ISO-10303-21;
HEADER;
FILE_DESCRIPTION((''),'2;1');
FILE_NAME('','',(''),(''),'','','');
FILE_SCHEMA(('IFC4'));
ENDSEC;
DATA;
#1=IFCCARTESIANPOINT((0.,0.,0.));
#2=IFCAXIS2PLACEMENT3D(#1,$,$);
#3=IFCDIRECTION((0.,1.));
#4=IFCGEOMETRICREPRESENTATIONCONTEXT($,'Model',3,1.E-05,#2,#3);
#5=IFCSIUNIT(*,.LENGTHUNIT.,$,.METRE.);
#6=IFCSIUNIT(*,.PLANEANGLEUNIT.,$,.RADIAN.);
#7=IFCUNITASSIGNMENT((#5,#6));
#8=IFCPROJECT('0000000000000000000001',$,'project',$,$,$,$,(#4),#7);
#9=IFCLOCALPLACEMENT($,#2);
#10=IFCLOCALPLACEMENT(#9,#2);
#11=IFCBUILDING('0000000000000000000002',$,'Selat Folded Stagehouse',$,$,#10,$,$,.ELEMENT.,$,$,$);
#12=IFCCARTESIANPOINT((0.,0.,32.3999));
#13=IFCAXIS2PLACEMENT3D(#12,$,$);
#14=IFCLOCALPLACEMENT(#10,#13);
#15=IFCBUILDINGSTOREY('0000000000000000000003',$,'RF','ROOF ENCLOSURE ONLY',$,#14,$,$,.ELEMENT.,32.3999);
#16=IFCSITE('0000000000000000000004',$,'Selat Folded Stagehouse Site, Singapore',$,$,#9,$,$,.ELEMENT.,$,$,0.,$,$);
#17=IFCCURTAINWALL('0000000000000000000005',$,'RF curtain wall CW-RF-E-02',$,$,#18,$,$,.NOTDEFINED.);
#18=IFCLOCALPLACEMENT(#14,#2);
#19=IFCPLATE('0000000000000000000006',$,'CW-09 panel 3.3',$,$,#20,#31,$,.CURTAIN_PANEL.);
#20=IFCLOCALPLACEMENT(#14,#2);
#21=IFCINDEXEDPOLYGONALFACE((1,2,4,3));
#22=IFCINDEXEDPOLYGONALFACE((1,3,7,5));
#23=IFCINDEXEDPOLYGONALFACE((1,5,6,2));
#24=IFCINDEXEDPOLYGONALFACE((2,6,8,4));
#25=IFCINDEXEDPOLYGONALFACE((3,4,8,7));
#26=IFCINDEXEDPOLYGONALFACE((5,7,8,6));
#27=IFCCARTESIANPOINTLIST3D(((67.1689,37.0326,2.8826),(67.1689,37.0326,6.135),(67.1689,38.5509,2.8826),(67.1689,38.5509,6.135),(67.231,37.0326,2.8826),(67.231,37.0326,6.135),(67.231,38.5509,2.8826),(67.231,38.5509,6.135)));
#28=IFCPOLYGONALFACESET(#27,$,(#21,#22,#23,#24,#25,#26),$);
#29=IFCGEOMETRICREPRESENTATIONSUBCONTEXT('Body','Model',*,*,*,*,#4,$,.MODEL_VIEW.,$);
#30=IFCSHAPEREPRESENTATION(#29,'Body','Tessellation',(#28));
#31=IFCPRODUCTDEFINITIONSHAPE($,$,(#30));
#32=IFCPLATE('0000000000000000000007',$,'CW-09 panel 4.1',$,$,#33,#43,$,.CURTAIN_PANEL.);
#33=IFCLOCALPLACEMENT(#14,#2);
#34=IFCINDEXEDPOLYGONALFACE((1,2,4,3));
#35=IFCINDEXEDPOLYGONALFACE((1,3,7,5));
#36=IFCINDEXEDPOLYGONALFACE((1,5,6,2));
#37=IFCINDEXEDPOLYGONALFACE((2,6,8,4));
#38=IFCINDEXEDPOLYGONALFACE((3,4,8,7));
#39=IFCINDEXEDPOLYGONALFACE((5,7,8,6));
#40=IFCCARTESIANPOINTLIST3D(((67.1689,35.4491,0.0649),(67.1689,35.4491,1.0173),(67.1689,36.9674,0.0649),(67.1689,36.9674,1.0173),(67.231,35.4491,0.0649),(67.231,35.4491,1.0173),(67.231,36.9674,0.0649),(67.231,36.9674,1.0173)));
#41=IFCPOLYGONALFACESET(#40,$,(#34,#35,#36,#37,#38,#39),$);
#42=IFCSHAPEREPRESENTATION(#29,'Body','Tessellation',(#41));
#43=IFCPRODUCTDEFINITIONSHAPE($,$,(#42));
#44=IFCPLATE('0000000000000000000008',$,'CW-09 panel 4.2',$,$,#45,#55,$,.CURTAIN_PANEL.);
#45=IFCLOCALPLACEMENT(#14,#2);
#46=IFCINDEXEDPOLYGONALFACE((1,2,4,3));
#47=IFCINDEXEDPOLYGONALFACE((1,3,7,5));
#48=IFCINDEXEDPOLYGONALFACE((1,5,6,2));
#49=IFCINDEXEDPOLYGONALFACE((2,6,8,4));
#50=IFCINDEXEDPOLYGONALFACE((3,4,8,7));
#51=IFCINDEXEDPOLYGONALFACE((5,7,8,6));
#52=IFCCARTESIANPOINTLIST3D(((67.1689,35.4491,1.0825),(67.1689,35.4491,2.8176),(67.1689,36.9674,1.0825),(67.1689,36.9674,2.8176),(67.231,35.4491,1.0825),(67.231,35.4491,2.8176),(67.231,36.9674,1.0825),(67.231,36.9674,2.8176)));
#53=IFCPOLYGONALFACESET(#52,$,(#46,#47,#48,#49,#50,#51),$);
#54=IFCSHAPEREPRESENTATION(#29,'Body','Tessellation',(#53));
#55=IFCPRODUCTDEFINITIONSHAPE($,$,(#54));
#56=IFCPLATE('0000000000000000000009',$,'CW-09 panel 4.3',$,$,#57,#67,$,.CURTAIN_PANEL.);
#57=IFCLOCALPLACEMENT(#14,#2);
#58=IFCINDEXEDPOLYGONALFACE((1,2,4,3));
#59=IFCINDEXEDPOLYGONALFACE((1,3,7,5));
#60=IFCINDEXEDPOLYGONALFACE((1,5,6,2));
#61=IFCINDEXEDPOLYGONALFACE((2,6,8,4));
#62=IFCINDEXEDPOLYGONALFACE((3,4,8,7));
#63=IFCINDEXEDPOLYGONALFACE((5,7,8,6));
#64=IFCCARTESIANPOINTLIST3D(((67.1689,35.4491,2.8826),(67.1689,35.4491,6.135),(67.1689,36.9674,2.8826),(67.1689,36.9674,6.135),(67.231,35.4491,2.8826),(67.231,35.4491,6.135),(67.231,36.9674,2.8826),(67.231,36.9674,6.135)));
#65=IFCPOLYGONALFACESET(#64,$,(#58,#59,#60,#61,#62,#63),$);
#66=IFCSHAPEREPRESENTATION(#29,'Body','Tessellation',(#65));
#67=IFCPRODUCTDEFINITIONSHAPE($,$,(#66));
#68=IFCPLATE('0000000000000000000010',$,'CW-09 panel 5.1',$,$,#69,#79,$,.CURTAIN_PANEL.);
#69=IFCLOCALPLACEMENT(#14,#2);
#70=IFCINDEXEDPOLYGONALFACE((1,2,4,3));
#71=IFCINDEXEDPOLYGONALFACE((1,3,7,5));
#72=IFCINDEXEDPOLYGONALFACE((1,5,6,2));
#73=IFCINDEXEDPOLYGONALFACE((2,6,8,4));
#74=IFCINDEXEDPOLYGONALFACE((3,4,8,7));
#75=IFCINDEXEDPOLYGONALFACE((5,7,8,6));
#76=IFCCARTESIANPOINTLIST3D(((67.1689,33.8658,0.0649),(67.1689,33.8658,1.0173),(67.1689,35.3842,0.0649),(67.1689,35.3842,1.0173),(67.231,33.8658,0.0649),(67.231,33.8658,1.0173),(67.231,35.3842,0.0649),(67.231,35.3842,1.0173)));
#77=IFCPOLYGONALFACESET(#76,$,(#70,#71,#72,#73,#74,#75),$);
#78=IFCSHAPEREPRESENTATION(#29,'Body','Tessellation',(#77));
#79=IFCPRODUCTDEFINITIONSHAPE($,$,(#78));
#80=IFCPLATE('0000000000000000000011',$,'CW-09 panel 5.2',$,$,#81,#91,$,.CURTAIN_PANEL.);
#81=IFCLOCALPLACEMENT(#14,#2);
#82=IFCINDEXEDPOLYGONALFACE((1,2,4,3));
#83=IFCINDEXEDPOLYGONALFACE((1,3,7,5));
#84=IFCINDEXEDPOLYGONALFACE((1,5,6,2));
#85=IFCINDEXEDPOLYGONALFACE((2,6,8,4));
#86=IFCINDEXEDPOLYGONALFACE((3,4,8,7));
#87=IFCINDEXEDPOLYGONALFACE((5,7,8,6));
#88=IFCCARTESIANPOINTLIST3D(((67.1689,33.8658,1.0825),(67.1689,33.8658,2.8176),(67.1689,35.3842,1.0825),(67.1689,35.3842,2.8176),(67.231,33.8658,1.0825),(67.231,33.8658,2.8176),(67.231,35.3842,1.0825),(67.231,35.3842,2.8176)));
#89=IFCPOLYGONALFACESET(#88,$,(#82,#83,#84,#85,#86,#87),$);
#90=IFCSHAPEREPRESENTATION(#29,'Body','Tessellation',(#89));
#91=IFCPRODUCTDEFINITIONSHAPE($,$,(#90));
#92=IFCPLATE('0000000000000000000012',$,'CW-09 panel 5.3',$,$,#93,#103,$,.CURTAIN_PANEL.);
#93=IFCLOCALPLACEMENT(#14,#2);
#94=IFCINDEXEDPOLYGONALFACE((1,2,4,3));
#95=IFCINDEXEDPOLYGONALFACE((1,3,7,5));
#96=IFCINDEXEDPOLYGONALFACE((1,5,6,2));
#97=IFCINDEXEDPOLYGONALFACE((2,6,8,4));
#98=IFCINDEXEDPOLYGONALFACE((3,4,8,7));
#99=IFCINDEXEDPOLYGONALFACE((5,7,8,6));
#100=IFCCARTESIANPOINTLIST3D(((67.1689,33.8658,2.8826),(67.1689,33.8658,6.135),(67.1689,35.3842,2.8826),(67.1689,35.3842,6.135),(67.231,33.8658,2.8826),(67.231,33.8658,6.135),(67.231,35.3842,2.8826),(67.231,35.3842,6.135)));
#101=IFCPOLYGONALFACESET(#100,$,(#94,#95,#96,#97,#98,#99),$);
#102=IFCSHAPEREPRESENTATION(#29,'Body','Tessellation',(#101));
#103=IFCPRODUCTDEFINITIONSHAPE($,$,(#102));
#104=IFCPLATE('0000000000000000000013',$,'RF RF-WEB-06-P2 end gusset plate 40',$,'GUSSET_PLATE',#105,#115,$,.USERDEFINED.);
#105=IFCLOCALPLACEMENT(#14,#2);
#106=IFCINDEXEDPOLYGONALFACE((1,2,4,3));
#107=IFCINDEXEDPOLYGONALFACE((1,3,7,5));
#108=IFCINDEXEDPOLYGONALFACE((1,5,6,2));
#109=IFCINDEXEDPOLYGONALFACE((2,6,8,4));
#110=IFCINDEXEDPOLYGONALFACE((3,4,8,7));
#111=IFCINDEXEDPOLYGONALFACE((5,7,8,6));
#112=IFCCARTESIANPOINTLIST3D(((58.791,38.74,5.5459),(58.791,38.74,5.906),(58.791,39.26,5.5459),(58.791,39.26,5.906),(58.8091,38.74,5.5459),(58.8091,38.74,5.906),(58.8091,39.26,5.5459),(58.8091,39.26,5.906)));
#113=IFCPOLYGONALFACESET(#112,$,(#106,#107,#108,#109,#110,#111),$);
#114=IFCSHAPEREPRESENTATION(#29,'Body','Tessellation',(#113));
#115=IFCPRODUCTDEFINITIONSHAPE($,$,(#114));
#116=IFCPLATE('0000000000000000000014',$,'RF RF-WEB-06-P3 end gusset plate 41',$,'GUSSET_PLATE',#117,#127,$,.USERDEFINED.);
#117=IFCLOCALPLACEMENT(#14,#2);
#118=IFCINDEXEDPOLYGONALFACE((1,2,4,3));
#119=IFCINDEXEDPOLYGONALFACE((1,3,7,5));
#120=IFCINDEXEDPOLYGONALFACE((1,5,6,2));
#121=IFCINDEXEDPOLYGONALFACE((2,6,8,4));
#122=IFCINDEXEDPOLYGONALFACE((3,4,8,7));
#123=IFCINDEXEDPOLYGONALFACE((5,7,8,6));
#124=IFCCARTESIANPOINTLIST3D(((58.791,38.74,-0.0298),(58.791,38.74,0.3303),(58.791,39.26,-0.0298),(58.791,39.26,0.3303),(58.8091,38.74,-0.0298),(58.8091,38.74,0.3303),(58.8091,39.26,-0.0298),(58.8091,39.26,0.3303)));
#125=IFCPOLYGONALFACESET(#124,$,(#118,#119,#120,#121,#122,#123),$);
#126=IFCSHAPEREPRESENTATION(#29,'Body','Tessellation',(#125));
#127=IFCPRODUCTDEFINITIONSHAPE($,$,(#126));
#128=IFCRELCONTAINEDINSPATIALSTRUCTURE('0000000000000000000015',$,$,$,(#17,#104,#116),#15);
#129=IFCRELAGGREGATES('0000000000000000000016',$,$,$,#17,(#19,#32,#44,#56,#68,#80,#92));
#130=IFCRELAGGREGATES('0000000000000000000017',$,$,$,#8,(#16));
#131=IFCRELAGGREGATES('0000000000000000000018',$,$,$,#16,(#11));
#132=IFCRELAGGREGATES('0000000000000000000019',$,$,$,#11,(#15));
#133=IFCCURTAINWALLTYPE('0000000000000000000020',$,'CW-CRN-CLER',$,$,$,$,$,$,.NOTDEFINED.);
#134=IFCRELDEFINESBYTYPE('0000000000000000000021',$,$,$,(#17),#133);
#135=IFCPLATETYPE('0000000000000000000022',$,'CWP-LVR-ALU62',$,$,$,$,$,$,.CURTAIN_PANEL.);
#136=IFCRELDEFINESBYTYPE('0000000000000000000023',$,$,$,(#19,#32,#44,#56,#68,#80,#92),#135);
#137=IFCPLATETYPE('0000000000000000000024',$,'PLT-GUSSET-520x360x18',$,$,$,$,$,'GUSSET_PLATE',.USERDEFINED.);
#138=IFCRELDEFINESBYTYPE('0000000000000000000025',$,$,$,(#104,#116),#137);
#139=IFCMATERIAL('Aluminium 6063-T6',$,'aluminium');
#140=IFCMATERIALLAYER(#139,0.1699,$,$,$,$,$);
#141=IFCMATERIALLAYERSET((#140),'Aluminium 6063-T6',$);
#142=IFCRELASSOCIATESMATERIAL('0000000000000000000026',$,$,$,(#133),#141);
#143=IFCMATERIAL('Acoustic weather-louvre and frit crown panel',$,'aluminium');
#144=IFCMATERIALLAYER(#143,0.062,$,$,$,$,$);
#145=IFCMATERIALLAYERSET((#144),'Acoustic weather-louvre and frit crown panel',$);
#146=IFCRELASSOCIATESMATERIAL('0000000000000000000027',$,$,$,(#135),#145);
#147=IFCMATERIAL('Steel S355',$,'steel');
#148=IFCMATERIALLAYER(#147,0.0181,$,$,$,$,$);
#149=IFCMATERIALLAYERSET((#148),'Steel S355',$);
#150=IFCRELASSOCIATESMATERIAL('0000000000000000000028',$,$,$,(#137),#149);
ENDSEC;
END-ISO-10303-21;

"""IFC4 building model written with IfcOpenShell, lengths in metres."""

from ifc_helpers import new_model, si_unit, direction, frame, origin, origin_2d, place, context, subcontext, project, spatial, rectangle, extrude, material, layer, layer_set, type_object, element, aggregate, save


model = new_model("IFC4")

# Units and contexts
model_context = context("Model", 3, precision=1e-05, world=origin(), true_north=direction((0.0, 1.0)))
body_context = subcontext(model_context, "Body", "Model", "MODEL_VIEW")
ifc_project = project(units=[si_unit("LENGTHUNIT", "METRE"), si_unit("PLANEANGLEUNIT", "RADIAN")], contexts=[model_context])

# Site, building, storey
site_placement = place(None, origin())
site = spatial("IfcSite", under=ifc_project, at=site_placement, Name="Selat Folded Stagehouse Site, Singapore", CompositionType="ELEMENT", RefElevation=0.0)
building_placement = place(site_placement, origin())
building = spatial("IfcBuilding", under=site, at=building_placement, Name="Selat Folded Stagehouse", CompositionType="ELEMENT")
storey_placement = place(building_placement, frame((0.0, 0.0, 32.3999)))
storey = spatial("IfcBuildingStorey", under=building, at=storey_placement, Name="RF", Description="ROOF ENCLOSURE ONLY", CompositionType="ELEMENT", Elevation=32.3999)

# Shared definitions
ifc_material_1 = material(Name="Steel S355", Category="steel")

# Curtain wall
ifc_material_2 = material(Name="Aluminium 6063-T6", Category="aluminium")
ifc_layer_1 = layer(ifc_material_2, 0.1699)
ifc_layer_set_1 = layer_set([ifc_layer_1], Name="Aluminium 6063-T6")
curtain_wall_type = type_object("IfcCurtainWallType", Name="CW-CRN-CLER", PredefinedType="NOTDEFINED", material=ifc_layer_set_1)
curtain_wall_placement = place(storey_placement, origin())
curtain_wall = element("IfcCurtainWall", 1, at=curtain_wall_placement, inside=storey, type_object=curtain_wall_type, Name="RF curtain wall CW-RF-E-02", PredefinedType="NOTDEFINED")

# Plates
ifc_material_3 = material(Name="Acoustic weather-louvre and frit crown panel", Category="aluminium")
ifc_layer_2 = layer(ifc_material_3, 0.062)
ifc_layer_set_2 = layer_set([ifc_layer_2], Name="Acoustic weather-louvre and frit crown panel")
plate_type_1 = type_object("IfcPlateType", Name="CWP-LVR-ALU62", PredefinedType="CURTAIN_PANEL", material=ifc_layer_set_2)
plate_1_placement = place(storey_placement, frame((67.2, 37.7917, 2.8826), z_axis=(0.0, 0.0, 1.0), x_axis=(0.0, -1.0, 0.0)))
plate_1 = element("IfcPlate", 2, at=plate_1_placement, type_object=plate_type_1, Name="CW-09 panel 3.3", PredefinedType="CURTAIN_PANEL", context=body_context, shape_type="SweptSolid", body=[
    extrude(rectangle(XDim=1.5183, YDim=0.062, at=origin_2d()), origin(), (0.0, 0.0, 1.0), 3.2524),
])
plate_2_placement = place(storey_placement, frame((67.2, 36.2083, 0.0649), z_axis=(0.0, 0.0, 1.0), x_axis=(0.0, -1.0, 0.0)))
plate_2 = element("IfcPlate", 3, at=plate_2_placement, type_object=plate_type_1, Name="CW-09 panel 4.1", PredefinedType="CURTAIN_PANEL", context=body_context, shape_type="SweptSolid", body=[
    extrude(rectangle(XDim=1.5183, YDim=0.062, at=origin_2d()), origin(), (0.0, 0.0, 1.0), 0.9524),
])
plate_3_placement = place(storey_placement, frame((67.2, 36.2083, 1.0825), z_axis=(0.0, 0.0, 1.0), x_axis=(0.0, -1.0, 0.0)))
plate_3 = element("IfcPlate", 4, at=plate_3_placement, type_object=plate_type_1, Name="CW-09 panel 4.2", PredefinedType="CURTAIN_PANEL", context=body_context, shape_type="SweptSolid", body=[
    extrude(rectangle(XDim=1.5183, YDim=0.062, at=origin_2d()), origin(), (0.0, 0.0, 1.0), 1.7351),
])
plate_4_placement = place(storey_placement, frame((67.2, 36.2083, 2.8826), z_axis=(0.0, 0.0, 1.0), x_axis=(0.0, -1.0, 0.0)))
plate_4 = element("IfcPlate", 5, at=plate_4_placement, type_object=plate_type_1, Name="CW-09 panel 4.3", PredefinedType="CURTAIN_PANEL", context=body_context, shape_type="SweptSolid", body=[
    extrude(rectangle(XDim=1.5183, YDim=0.062, at=origin_2d()), origin(), (0.0, 0.0, 1.0), 3.2524),
])
plate_5_placement = place(storey_placement, frame((67.2, 34.625, 0.0649), z_axis=(0.0, 0.0, 1.0), x_axis=(0.0, -1.0, 0.0)))
plate_5 = element("IfcPlate", 6, at=plate_5_placement, type_object=plate_type_1, Name="CW-09 panel 5.1", PredefinedType="CURTAIN_PANEL", context=body_context, shape_type="SweptSolid", body=[
    extrude(rectangle(XDim=1.5183, YDim=0.062, at=origin_2d()), origin(), (0.0, 0.0, 1.0), 0.9524),
])
plate_6_placement = place(storey_placement, frame((67.2, 34.625, 1.0825), z_axis=(0.0, 0.0, 1.0), x_axis=(0.0, -1.0, 0.0)))
plate_6 = element("IfcPlate", 7, at=plate_6_placement, type_object=plate_type_1, Name="CW-09 panel 5.2", PredefinedType="CURTAIN_PANEL", context=body_context, shape_type="SweptSolid", body=[
    extrude(rectangle(XDim=1.5183, YDim=0.062, at=origin_2d()), origin(), (0.0, 0.0, 1.0), 1.7351),
])
plate_7_placement = place(storey_placement, frame((67.2, 34.625, 2.8826), z_axis=(0.0, 0.0, 1.0), x_axis=(0.0, -1.0, 0.0)))
plate_7 = element("IfcPlate", 8, at=plate_7_placement, type_object=plate_type_1, Name="CW-09 panel 5.3", PredefinedType="CURTAIN_PANEL", context=body_context, shape_type="SweptSolid", body=[
    extrude(rectangle(XDim=1.5183, YDim=0.062, at=origin_2d()), origin(), (0.0, 0.0, 1.0), 3.2524),
])
aggregate(curtain_wall, [plate_1, plate_2, plate_3, plate_4, plate_5, plate_6, plate_7])

# Plates
ifc_layer_3 = layer(ifc_material_1, 0.0181)
ifc_layer_set_3 = layer_set([ifc_layer_3], Name="Steel S355")
plate_type_2 = type_object("IfcPlateType", Name="PLT-GUSSET-520x360x18", ElementType="GUSSET_PLATE", PredefinedType="USERDEFINED", material=ifc_layer_set_3)
for number, where, z_axis, x_axis, name in (
    (9, (58.8, 39.0, 5.5459), (0.0, 0.0, 1.0), (0.0, 1.0, 0.0), "RF RF-WEB-06-P2 end gusset plate 40"),
    (10, (58.8, 39.0, -0.0298), (0.0, 0.0, 1.0), (0.0, 1.0, 0.0), "RF RF-WEB-06-P3 end gusset plate 41"),
):
    element("IfcPlate", number, at=place(storey_placement, frame(where, z_axis=z_axis, x_axis=x_axis)), inside=storey, type_object=plate_type_2, Name=name, ObjectType="GUSSET_PLATE", PredefinedType="USERDEFINED", context=body_context, shape_type="SweptSolid", body=[
        extrude(rectangle(XDim=0.52, YDim=0.0181, at=origin_2d()), origin(), (0.0, 0.0, 1.0), 0.3601),
    ])

save(model, "model.ifc")
